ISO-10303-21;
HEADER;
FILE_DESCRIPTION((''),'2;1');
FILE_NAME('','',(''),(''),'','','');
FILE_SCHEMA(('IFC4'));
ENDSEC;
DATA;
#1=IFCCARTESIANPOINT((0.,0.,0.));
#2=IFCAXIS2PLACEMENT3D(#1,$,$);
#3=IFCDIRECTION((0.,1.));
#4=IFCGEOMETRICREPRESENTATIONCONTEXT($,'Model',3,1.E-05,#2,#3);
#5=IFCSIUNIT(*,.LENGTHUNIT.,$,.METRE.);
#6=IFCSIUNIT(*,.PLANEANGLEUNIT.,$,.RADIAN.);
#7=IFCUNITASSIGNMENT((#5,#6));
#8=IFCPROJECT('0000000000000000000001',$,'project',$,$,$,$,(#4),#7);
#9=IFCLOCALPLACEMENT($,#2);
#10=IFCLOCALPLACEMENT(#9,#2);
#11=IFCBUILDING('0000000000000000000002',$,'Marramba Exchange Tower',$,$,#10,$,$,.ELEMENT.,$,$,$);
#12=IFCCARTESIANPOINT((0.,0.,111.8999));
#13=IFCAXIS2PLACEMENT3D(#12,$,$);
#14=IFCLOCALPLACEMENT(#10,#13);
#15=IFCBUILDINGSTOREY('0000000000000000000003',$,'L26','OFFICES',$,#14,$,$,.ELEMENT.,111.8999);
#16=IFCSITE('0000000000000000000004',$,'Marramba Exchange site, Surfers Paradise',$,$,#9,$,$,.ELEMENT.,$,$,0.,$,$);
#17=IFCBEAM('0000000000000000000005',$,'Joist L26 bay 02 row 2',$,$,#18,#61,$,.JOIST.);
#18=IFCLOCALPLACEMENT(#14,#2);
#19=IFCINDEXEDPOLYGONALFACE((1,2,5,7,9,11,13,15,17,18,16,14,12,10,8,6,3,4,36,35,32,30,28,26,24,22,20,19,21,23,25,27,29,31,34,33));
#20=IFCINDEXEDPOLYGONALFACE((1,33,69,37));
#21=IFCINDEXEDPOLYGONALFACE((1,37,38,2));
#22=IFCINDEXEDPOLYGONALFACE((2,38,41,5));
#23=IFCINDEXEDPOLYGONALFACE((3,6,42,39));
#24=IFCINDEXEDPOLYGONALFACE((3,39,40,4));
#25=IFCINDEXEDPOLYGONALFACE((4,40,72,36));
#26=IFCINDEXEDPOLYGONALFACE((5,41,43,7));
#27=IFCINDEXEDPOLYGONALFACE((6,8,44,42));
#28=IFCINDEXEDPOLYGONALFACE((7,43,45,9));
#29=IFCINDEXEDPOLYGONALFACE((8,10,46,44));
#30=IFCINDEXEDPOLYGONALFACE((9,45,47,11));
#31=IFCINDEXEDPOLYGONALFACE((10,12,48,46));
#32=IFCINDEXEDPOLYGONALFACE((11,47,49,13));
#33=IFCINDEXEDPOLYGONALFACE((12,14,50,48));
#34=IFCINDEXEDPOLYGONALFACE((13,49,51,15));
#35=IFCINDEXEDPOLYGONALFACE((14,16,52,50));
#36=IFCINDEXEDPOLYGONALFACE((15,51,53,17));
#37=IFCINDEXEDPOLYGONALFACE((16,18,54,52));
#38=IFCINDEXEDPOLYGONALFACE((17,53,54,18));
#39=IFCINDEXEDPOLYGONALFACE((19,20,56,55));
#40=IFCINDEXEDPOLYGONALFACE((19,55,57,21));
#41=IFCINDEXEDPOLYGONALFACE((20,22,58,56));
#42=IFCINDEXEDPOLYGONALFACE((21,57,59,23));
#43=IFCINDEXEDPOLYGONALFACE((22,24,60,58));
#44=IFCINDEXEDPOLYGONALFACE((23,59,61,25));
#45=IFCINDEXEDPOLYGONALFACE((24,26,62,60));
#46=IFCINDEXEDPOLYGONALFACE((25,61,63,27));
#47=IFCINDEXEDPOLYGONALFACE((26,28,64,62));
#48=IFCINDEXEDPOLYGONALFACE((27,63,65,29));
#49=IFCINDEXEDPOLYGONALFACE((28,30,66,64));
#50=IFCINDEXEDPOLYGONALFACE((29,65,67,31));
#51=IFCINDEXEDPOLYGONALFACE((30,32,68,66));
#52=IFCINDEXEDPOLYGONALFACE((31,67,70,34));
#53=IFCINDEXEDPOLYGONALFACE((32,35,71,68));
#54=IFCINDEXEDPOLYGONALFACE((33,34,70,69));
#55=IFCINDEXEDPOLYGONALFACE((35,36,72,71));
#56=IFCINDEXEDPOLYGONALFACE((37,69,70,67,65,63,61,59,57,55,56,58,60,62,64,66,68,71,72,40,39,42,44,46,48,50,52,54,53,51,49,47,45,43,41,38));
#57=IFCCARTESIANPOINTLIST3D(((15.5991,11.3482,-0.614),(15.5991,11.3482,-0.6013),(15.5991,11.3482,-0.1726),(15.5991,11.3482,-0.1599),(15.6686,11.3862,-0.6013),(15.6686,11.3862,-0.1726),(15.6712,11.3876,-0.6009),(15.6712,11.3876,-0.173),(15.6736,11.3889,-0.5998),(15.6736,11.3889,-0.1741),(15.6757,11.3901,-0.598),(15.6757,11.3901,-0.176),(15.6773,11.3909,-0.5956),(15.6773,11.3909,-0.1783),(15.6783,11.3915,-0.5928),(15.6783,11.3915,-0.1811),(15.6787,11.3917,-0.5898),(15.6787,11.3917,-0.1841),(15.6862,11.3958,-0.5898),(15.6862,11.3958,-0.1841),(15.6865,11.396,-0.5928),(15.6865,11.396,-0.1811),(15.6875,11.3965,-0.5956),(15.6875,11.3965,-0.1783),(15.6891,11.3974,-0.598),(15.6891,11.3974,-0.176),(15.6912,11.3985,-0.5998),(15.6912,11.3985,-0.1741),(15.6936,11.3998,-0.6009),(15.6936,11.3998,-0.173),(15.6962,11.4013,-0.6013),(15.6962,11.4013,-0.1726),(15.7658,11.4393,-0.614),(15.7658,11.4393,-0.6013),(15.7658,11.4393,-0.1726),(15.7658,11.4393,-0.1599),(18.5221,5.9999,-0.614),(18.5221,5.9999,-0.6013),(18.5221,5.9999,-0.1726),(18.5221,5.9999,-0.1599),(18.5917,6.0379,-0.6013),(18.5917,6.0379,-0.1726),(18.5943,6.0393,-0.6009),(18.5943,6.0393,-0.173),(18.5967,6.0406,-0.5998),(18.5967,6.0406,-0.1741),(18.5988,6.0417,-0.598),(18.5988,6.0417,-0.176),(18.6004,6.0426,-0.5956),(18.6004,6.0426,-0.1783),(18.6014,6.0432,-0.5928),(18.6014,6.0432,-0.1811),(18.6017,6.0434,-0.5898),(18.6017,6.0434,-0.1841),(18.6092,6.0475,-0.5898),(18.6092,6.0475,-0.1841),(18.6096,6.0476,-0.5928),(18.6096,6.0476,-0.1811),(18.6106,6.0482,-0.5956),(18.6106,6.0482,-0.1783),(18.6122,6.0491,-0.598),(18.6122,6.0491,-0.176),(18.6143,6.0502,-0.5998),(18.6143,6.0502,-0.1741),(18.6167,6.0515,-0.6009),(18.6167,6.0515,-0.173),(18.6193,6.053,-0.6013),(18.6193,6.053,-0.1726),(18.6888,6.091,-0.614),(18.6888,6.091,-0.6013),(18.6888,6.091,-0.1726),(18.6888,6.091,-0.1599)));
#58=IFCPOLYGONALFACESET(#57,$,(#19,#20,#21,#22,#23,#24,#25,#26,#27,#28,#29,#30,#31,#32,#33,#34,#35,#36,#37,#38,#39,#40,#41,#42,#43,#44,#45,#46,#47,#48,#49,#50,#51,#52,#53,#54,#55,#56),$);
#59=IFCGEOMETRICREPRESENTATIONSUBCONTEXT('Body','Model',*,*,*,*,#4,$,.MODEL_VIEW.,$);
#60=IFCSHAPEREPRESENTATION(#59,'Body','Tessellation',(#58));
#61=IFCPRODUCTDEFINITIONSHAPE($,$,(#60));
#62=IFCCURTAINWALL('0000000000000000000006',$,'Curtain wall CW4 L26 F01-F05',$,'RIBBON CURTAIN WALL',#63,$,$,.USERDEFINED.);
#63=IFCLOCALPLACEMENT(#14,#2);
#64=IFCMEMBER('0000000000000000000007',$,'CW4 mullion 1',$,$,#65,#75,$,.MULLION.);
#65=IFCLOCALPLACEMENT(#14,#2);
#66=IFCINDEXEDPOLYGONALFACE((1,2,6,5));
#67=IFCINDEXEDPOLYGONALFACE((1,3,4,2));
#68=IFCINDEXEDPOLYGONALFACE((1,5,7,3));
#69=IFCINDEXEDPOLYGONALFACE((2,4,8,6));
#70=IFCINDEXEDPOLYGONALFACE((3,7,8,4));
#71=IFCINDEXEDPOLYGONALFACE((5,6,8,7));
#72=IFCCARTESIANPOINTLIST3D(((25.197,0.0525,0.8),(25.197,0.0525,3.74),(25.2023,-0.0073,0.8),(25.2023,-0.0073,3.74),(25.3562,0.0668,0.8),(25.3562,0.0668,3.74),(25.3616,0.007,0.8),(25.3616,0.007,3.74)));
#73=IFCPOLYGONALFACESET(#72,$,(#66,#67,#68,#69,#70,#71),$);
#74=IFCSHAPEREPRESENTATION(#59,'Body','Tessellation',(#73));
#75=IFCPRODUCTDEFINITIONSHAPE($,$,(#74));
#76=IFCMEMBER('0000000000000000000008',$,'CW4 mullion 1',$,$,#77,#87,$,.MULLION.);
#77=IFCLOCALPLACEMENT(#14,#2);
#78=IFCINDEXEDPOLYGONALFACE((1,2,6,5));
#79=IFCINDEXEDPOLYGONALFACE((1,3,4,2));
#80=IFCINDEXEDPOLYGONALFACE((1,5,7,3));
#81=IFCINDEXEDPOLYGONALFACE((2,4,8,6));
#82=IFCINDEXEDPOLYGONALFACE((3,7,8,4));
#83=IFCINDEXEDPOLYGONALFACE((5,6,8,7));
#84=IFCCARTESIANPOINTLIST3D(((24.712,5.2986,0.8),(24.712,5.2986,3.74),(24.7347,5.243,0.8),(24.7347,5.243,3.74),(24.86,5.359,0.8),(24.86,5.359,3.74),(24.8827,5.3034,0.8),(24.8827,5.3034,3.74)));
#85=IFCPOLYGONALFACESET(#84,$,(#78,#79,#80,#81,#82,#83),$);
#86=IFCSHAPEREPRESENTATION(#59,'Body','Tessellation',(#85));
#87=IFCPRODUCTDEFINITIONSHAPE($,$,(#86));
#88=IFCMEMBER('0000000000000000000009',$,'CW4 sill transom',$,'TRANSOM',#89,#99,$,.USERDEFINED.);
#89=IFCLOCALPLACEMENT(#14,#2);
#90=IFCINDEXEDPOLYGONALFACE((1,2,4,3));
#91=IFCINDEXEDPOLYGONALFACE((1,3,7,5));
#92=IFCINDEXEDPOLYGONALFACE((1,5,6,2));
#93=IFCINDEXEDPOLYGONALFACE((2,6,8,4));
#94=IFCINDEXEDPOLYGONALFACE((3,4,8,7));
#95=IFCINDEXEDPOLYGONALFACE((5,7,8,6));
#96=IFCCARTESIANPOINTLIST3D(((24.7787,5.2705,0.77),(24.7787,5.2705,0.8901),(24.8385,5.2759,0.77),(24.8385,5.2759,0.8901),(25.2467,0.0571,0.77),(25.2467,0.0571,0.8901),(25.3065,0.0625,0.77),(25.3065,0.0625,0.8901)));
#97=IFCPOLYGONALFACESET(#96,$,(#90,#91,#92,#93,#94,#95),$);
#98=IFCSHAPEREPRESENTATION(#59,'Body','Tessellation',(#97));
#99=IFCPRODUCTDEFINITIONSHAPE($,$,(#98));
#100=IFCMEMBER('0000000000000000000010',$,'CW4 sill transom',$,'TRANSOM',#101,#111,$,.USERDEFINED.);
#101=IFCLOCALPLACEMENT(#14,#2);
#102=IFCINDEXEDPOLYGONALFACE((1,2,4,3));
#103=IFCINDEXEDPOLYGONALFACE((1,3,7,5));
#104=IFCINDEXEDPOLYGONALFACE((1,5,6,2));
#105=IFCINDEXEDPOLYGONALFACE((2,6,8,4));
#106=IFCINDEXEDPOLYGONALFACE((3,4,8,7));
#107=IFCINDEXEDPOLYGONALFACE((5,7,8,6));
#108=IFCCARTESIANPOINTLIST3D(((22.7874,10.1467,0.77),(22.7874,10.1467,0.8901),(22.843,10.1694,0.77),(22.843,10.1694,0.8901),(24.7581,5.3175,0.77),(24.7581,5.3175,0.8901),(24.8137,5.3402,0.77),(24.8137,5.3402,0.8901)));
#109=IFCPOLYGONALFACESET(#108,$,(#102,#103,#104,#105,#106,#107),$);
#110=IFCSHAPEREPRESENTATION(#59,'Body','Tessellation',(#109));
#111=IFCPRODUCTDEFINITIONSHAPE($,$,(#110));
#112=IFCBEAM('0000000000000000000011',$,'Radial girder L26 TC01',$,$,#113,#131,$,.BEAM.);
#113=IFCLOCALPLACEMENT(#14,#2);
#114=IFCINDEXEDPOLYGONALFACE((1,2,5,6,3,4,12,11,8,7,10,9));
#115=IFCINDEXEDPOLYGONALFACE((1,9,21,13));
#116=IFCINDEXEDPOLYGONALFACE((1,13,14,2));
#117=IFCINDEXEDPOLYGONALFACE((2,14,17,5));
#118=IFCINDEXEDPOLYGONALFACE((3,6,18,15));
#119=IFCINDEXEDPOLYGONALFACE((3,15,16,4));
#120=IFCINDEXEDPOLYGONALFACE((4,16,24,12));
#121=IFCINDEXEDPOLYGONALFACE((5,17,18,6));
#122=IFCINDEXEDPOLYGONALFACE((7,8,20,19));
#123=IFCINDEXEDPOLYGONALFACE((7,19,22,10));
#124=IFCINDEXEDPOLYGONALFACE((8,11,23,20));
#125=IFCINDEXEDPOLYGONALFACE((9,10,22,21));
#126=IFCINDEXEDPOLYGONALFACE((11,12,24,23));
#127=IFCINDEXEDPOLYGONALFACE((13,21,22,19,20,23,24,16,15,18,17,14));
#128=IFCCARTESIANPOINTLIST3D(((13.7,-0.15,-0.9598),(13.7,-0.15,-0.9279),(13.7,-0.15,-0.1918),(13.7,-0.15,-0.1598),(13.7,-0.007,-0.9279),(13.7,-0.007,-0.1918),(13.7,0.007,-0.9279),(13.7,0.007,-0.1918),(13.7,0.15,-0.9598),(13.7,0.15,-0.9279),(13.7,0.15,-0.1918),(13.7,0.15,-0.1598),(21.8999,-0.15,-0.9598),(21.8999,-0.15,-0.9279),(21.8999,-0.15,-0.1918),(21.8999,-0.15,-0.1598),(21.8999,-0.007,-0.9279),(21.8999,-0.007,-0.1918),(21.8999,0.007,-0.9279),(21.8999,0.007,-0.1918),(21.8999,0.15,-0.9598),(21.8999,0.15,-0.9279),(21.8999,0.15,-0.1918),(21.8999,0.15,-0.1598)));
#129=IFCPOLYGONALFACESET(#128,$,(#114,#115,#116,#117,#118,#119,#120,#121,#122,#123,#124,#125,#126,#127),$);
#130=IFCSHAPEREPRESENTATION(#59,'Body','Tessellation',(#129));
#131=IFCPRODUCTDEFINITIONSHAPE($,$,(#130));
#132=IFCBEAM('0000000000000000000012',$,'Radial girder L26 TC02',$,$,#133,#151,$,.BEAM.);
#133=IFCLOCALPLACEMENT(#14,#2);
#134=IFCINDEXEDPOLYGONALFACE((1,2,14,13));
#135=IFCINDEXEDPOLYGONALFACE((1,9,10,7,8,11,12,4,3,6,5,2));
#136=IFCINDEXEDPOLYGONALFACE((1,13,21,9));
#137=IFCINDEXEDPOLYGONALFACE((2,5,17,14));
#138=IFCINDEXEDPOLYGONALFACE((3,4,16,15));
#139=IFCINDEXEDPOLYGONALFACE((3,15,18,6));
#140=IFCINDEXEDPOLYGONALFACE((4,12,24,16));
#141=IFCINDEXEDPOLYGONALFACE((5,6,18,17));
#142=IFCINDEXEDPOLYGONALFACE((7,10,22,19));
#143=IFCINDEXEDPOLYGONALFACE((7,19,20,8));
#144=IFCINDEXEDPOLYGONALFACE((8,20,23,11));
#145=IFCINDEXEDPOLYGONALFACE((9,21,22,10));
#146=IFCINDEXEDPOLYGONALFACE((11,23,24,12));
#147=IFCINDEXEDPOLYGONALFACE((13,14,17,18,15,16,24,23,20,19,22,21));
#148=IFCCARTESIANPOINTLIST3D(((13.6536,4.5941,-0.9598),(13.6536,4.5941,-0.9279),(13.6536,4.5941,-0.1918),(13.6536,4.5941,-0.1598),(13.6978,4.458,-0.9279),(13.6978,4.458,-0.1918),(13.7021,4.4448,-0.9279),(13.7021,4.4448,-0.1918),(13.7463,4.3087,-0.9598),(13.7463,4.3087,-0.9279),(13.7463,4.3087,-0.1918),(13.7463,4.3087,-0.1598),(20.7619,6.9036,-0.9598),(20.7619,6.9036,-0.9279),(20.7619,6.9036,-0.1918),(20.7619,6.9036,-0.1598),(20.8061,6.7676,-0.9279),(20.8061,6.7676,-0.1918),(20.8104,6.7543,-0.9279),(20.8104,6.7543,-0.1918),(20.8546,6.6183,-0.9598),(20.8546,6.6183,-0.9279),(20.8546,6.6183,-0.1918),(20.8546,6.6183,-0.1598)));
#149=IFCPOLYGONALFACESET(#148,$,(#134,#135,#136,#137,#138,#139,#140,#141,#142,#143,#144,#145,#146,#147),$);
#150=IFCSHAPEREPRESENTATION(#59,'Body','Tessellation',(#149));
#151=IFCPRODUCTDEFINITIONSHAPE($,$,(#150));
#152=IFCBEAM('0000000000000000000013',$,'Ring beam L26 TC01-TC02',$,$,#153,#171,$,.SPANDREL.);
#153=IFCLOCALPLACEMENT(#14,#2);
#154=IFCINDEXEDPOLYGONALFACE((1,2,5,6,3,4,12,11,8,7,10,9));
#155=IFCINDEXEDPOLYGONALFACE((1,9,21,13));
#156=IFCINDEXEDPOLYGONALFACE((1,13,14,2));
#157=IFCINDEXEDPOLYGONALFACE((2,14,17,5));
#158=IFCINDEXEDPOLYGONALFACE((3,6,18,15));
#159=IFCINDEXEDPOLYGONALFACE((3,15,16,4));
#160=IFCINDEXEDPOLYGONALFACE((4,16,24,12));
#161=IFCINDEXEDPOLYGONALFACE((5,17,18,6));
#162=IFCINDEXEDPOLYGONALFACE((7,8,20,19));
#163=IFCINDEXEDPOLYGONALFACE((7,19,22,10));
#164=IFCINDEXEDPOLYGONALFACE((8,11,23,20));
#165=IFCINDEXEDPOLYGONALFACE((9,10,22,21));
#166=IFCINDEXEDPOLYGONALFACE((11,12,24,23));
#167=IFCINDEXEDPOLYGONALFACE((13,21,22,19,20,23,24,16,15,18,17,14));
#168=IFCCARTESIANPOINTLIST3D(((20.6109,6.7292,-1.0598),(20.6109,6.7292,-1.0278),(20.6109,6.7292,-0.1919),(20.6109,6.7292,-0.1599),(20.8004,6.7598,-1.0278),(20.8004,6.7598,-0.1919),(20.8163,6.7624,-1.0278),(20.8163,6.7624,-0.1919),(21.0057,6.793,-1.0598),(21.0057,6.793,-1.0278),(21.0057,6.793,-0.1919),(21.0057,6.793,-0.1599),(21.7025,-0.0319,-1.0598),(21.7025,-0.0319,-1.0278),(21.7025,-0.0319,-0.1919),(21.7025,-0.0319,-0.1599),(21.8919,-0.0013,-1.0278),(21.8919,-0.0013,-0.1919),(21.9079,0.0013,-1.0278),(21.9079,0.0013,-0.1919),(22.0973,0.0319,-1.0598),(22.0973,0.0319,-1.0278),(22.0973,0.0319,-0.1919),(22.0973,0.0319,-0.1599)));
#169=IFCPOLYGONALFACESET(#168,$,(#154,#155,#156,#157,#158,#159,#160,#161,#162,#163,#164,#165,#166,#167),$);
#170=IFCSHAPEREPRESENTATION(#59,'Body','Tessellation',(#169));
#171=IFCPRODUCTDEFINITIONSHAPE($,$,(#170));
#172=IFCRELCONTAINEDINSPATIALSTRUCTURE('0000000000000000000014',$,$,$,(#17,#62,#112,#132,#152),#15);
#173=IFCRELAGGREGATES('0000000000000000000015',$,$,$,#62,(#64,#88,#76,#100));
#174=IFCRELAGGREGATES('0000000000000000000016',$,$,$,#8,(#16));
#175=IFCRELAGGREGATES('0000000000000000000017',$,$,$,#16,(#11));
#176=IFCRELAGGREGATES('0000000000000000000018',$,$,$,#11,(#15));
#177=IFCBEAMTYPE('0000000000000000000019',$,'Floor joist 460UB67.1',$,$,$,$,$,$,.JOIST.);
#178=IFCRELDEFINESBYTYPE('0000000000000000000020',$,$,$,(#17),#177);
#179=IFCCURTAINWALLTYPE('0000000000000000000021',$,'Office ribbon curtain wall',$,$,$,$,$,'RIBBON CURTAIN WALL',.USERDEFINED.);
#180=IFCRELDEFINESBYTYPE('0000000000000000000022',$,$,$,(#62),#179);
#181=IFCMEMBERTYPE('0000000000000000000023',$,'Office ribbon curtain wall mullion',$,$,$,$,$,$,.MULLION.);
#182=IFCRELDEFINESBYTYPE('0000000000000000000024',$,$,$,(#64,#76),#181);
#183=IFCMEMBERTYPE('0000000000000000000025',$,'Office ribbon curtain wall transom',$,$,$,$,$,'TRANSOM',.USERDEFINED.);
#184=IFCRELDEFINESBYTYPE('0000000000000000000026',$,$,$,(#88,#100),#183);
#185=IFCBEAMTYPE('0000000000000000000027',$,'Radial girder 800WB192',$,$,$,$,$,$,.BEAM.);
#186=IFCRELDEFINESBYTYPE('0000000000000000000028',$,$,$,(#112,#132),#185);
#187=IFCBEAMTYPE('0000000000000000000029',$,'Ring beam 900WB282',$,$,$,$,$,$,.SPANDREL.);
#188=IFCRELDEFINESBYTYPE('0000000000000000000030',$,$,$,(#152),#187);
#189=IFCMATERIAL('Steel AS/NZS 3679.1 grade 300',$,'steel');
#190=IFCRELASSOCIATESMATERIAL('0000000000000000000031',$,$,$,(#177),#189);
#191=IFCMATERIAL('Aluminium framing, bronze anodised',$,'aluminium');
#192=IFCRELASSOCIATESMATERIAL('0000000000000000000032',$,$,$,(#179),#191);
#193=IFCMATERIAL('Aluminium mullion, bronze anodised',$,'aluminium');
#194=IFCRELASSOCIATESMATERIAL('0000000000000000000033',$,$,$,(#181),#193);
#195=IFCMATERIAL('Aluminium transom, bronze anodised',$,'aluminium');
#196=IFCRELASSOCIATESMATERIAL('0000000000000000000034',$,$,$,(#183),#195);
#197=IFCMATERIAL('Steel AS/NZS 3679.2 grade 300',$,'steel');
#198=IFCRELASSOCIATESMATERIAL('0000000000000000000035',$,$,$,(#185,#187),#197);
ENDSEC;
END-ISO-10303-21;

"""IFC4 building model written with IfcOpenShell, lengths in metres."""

from ifc_helpers import new_model, si_unit, direction, frame, origin, origin_2d, place, context, subcontext, project, spatial, rectangle, i_section, extrude, material, material_profile, profile_set, type_object, element, aggregate, save


model = new_model("IFC4")

# Units and contexts
model_context = context("Model", 3, precision=1e-05, world=origin(), true_north=direction((0.0, 1.0)))
body_context = subcontext(model_context, "Body", "Model", "MODEL_VIEW")
ifc_project = project(units=[si_unit("LENGTHUNIT", "METRE"), si_unit("PLANEANGLEUNIT", "RADIAN")], contexts=[model_context])

# Site, building, storey
site_placement = place(None, origin())
site = spatial("IfcSite", under=ifc_project, at=site_placement, Name="Marramba Exchange site, Surfers Paradise", CompositionType="ELEMENT", RefElevation=0.0)
building_placement = place(site_placement, origin())
building = spatial("IfcBuilding", under=site, at=building_placement, Name="Marramba Exchange Tower", CompositionType="ELEMENT")
storey_placement = place(building_placement, frame((0.0, 0.0, 111.8999)))
storey = spatial("IfcBuildingStorey", under=building, at=storey_placement, Name="L26", Description="OFFICES", CompositionType="ELEMENT", Elevation=111.8999)

# Beam
ifc_material_1 = material(Name="Steel AS/NZS 3679.2 grade 300", Category="steel")
ifc_material_2 = material(Name="Steel AS/NZS 3679.1 grade 300", Category="steel")
ifc_material_profile_1 = material_profile(ifc_material_2, i_section(OverallWidth=0.1899, OverallDepth=0.4541, WebThickness=0.0085, FlangeThickness=0.0127, FilletRadius=0.0115, at=origin_2d()), Name="460UB67.1")
ifc_profile_set_1 = profile_set([ifc_material_profile_1], Name="Steel AS/NZS 3679.1 grade 300")
beam_type_1 = type_object("IfcBeamType", Name="Floor joist 460UB67.1", PredefinedType="JOIST", material=ifc_profile_set_1)
beam_1_placement = place(storey_placement, frame((18.6055, 6.0454, -0.387), z_axis=(-0.479584, 0.877496, 0.0), x_axis=(-0.877496, -0.479584, 0.0)))
element("IfcBeam", 1, at=beam_1_placement, inside=storey, type_object=beam_type_1, Name="Joist L26 bay 02 row 2", PredefinedType="JOIST", context=body_context, shape_type="SweptSolid", body=[
    extrude(i_section(OverallWidth=0.1899, OverallDepth=0.4541, WebThickness=0.0085, FlangeThickness=0.0127, FilletRadius=0.0115, at=origin_2d()), origin(), (0.0, 0.0, 1.0), 6.095),
])

# Curtain wall, members
ifc_material_3 = material(Name="Aluminium framing, bronze anodised", Category="aluminium")
curtain_wall_type = type_object("IfcCurtainWallType", Name="Office ribbon curtain wall", ElementType="RIBBON CURTAIN WALL", PredefinedType="USERDEFINED", material=ifc_material_3)
curtain_wall_placement = place(storey_placement, origin())
curtain_wall = element("IfcCurtainWall", 2, at=curtain_wall_placement, inside=storey, type_object=curtain_wall_type, Name="Curtain wall CW4 L26 F01-F05", ObjectType="RIBBON CURTAIN WALL", PredefinedType="USERDEFINED")
ifc_material_4 = material(Name="Aluminium mullion, bronze anodised", Category="aluminium")
ifc_material_profile_2 = material_profile(ifc_material_4, rectangle(XDim=0.1599, YDim=0.0601, at=origin_2d()), Name="CW4 mullion 60x160")
ifc_profile_set_2 = profile_set([ifc_material_profile_2], Name="Aluminium mullion, bronze anodised")
member_type_1 = type_object("IfcMemberType", Name="Office ribbon curtain wall mullion", PredefinedType="MULLION", material=ifc_profile_set_2)
member_1_placement = place(storey_placement, frame((25.2793, 0.0298, 0.8), z_axis=(0.0, 0.0, 1.0), x_axis=(-0.995995, -0.089413, 0.0)))
member_1 = element("IfcMember", 3, at=member_1_placement, type_object=member_type_1, Name="CW4 mullion 1", PredefinedType="MULLION", context=body_context, shape_type="SweptSolid", body=[
    extrude(rectangle(XDim=0.1599, YDim=0.0601, at=origin_2d()), origin(), (0.0, 0.0, 1.0), 2.9399),
])
member_2_placement = place(storey_placement, frame((24.7974, 5.301, 0.8), z_axis=(0.0, 0.0, 1.0), x_axis=(-0.925879, -0.377821, 0.0)))
member_2 = element("IfcMember", 4, at=member_2_placement, type_object=member_type_1, Name="CW4 mullion 1", PredefinedType="MULLION", context=body_context, shape_type="SweptSolid", body=[
    extrude(rectangle(XDim=0.1599, YDim=0.0601, at=origin_2d()), origin(), (0.0, 0.0, 1.0), 2.9399),
])
ifc_material_5 = material(Name="Aluminium transom, bronze anodised", Category="aluminium")
ifc_material_profile_3 = material_profile(ifc_material_5, rectangle(XDim=0.0601, YDim=0.1201, at=origin_2d()), Name="CW4 transom 60x120")
ifc_profile_set_3 = profile_set([ifc_material_profile_3], Name="Aluminium transom, bronze anodised")
member_type_2 = type_object("IfcMemberType", Name="Office ribbon curtain wall transom", ElementType="TRANSOM", PredefinedType="USERDEFINED", material=ifc_profile_set_3)
member_3_placement = place(storey_placement, frame((25.2766, 0.0598, 0.8301), z_axis=(-0.089413, 0.995995, 0.0), x_axis=(-0.995995, -0.089413, 0.0)))
member_3 = element("IfcMember", 5, at=member_3_placement, type_object=member_type_2, Name="CW4 sill transom", ObjectType="TRANSOM", PredefinedType="USERDEFINED", context=body_context, shape_type="SweptSolid", body=[
    extrude(rectangle(XDim=0.0601, YDim=0.1201, at=origin_2d()), origin(), (0.0, 0.0, 1.0), 5.2344),
])
member_4_placement = place(storey_placement, frame((24.7859, 5.3289, 0.8301), z_axis=(-0.377838, 0.925872, 0.0), x_axis=(-0.925872, -0.377838, 0.0)))
member_4 = element("IfcMember", 6, at=member_4_placement, type_object=member_type_2, Name="CW4 sill transom", ObjectType="TRANSOM", PredefinedType="USERDEFINED", context=body_context, shape_type="SweptSolid", body=[
    extrude(rectangle(XDim=0.0601, YDim=0.1201, at=origin_2d()), origin(), (0.0, 0.0, 1.0), 5.2158),
])

# Beams
ifc_material_profile_4 = material_profile(ifc_material_1, i_section(OverallWidth=0.3, OverallDepth=0.8, WebThickness=0.0139, FlangeThickness=0.032, at=origin_2d()), Name="800WB192")
ifc_profile_set_4 = profile_set([ifc_material_profile_4], Name="Steel AS/NZS 3679.2 grade 300")
beam_type_2 = type_object("IfcBeamType", Name="Radial girder 800WB192", PredefinedType="BEAM", material=ifc_profile_set_4)
beam_2_placement = place(storey_placement, frame((13.7, 0.0, -0.5598), z_axis=(1.0, 0.0, 0.0), x_axis=(0.0, 1.0, 0.0)))
element("IfcBeam", 7, at=beam_2_placement, inside=storey, type_object=beam_type_2, Name="Radial girder L26 TC01", PredefinedType="BEAM", context=body_context, shape_type="SweptSolid", body=[
    extrude(i_section(OverallWidth=0.3, OverallDepth=0.8, WebThickness=0.0139, FlangeThickness=0.032, at=origin_2d()), origin(), (0.0, 0.0, 1.0), 8.2),
])
beam_3_placement = place(storey_placement, frame((13.7, 4.4514, -0.5598), z_axis=(0.95106, 0.309006, 0.0), x_axis=(-0.309006, 0.95106, 0.0)))
element("IfcBeam", 8, at=beam_3_placement, inside=storey, type_object=beam_type_2, Name="Radial girder L26 TC02", PredefinedType="BEAM", context=body_context, shape_type="SweptSolid", body=[
    extrude(i_section(OverallWidth=0.3, OverallDepth=0.8, WebThickness=0.0139, FlangeThickness=0.032, at=origin_2d()), origin(), (0.0, 0.0, 1.0), 7.4741),
])
ifc_material_profile_5 = material_profile(ifc_material_1, i_section(OverallWidth=0.3999, OverallDepth=0.8999, WebThickness=0.0161, FlangeThickness=0.032, at=origin_2d()), Name="900WB282")
ifc_profile_set_5 = profile_set([ifc_material_profile_5], Name="Steel AS/NZS 3679.2 grade 300")
beam_type_3 = type_object("IfcBeamType", Name="Ring beam 900WB282", PredefinedType="SPANDREL", material=ifc_profile_set_5)
beam_4_placement = place(storey_placement, frame((21.8999, 0.0, -0.6099), z_axis=(-0.159385, 0.987217, 0.0), x_axis=(-0.987217, -0.159385, 0.0)))
element("IfcBeam", 9, at=beam_4_placement, inside=storey, type_object=beam_type_3, Name="Ring beam L26 TC01-TC02", PredefinedType="SPANDREL", context=body_context, shape_type="SweptSolid", body=[
    extrude(i_section(OverallWidth=0.3999, OverallDepth=0.8999, WebThickness=0.0161, FlangeThickness=0.032, at=origin_2d()), origin(), (0.0, 0.0, 1.0), 6.8486),
])

aggregate(curtain_wall, [member_1, member_3, member_2, member_4])

save(model, "model.ifc")
